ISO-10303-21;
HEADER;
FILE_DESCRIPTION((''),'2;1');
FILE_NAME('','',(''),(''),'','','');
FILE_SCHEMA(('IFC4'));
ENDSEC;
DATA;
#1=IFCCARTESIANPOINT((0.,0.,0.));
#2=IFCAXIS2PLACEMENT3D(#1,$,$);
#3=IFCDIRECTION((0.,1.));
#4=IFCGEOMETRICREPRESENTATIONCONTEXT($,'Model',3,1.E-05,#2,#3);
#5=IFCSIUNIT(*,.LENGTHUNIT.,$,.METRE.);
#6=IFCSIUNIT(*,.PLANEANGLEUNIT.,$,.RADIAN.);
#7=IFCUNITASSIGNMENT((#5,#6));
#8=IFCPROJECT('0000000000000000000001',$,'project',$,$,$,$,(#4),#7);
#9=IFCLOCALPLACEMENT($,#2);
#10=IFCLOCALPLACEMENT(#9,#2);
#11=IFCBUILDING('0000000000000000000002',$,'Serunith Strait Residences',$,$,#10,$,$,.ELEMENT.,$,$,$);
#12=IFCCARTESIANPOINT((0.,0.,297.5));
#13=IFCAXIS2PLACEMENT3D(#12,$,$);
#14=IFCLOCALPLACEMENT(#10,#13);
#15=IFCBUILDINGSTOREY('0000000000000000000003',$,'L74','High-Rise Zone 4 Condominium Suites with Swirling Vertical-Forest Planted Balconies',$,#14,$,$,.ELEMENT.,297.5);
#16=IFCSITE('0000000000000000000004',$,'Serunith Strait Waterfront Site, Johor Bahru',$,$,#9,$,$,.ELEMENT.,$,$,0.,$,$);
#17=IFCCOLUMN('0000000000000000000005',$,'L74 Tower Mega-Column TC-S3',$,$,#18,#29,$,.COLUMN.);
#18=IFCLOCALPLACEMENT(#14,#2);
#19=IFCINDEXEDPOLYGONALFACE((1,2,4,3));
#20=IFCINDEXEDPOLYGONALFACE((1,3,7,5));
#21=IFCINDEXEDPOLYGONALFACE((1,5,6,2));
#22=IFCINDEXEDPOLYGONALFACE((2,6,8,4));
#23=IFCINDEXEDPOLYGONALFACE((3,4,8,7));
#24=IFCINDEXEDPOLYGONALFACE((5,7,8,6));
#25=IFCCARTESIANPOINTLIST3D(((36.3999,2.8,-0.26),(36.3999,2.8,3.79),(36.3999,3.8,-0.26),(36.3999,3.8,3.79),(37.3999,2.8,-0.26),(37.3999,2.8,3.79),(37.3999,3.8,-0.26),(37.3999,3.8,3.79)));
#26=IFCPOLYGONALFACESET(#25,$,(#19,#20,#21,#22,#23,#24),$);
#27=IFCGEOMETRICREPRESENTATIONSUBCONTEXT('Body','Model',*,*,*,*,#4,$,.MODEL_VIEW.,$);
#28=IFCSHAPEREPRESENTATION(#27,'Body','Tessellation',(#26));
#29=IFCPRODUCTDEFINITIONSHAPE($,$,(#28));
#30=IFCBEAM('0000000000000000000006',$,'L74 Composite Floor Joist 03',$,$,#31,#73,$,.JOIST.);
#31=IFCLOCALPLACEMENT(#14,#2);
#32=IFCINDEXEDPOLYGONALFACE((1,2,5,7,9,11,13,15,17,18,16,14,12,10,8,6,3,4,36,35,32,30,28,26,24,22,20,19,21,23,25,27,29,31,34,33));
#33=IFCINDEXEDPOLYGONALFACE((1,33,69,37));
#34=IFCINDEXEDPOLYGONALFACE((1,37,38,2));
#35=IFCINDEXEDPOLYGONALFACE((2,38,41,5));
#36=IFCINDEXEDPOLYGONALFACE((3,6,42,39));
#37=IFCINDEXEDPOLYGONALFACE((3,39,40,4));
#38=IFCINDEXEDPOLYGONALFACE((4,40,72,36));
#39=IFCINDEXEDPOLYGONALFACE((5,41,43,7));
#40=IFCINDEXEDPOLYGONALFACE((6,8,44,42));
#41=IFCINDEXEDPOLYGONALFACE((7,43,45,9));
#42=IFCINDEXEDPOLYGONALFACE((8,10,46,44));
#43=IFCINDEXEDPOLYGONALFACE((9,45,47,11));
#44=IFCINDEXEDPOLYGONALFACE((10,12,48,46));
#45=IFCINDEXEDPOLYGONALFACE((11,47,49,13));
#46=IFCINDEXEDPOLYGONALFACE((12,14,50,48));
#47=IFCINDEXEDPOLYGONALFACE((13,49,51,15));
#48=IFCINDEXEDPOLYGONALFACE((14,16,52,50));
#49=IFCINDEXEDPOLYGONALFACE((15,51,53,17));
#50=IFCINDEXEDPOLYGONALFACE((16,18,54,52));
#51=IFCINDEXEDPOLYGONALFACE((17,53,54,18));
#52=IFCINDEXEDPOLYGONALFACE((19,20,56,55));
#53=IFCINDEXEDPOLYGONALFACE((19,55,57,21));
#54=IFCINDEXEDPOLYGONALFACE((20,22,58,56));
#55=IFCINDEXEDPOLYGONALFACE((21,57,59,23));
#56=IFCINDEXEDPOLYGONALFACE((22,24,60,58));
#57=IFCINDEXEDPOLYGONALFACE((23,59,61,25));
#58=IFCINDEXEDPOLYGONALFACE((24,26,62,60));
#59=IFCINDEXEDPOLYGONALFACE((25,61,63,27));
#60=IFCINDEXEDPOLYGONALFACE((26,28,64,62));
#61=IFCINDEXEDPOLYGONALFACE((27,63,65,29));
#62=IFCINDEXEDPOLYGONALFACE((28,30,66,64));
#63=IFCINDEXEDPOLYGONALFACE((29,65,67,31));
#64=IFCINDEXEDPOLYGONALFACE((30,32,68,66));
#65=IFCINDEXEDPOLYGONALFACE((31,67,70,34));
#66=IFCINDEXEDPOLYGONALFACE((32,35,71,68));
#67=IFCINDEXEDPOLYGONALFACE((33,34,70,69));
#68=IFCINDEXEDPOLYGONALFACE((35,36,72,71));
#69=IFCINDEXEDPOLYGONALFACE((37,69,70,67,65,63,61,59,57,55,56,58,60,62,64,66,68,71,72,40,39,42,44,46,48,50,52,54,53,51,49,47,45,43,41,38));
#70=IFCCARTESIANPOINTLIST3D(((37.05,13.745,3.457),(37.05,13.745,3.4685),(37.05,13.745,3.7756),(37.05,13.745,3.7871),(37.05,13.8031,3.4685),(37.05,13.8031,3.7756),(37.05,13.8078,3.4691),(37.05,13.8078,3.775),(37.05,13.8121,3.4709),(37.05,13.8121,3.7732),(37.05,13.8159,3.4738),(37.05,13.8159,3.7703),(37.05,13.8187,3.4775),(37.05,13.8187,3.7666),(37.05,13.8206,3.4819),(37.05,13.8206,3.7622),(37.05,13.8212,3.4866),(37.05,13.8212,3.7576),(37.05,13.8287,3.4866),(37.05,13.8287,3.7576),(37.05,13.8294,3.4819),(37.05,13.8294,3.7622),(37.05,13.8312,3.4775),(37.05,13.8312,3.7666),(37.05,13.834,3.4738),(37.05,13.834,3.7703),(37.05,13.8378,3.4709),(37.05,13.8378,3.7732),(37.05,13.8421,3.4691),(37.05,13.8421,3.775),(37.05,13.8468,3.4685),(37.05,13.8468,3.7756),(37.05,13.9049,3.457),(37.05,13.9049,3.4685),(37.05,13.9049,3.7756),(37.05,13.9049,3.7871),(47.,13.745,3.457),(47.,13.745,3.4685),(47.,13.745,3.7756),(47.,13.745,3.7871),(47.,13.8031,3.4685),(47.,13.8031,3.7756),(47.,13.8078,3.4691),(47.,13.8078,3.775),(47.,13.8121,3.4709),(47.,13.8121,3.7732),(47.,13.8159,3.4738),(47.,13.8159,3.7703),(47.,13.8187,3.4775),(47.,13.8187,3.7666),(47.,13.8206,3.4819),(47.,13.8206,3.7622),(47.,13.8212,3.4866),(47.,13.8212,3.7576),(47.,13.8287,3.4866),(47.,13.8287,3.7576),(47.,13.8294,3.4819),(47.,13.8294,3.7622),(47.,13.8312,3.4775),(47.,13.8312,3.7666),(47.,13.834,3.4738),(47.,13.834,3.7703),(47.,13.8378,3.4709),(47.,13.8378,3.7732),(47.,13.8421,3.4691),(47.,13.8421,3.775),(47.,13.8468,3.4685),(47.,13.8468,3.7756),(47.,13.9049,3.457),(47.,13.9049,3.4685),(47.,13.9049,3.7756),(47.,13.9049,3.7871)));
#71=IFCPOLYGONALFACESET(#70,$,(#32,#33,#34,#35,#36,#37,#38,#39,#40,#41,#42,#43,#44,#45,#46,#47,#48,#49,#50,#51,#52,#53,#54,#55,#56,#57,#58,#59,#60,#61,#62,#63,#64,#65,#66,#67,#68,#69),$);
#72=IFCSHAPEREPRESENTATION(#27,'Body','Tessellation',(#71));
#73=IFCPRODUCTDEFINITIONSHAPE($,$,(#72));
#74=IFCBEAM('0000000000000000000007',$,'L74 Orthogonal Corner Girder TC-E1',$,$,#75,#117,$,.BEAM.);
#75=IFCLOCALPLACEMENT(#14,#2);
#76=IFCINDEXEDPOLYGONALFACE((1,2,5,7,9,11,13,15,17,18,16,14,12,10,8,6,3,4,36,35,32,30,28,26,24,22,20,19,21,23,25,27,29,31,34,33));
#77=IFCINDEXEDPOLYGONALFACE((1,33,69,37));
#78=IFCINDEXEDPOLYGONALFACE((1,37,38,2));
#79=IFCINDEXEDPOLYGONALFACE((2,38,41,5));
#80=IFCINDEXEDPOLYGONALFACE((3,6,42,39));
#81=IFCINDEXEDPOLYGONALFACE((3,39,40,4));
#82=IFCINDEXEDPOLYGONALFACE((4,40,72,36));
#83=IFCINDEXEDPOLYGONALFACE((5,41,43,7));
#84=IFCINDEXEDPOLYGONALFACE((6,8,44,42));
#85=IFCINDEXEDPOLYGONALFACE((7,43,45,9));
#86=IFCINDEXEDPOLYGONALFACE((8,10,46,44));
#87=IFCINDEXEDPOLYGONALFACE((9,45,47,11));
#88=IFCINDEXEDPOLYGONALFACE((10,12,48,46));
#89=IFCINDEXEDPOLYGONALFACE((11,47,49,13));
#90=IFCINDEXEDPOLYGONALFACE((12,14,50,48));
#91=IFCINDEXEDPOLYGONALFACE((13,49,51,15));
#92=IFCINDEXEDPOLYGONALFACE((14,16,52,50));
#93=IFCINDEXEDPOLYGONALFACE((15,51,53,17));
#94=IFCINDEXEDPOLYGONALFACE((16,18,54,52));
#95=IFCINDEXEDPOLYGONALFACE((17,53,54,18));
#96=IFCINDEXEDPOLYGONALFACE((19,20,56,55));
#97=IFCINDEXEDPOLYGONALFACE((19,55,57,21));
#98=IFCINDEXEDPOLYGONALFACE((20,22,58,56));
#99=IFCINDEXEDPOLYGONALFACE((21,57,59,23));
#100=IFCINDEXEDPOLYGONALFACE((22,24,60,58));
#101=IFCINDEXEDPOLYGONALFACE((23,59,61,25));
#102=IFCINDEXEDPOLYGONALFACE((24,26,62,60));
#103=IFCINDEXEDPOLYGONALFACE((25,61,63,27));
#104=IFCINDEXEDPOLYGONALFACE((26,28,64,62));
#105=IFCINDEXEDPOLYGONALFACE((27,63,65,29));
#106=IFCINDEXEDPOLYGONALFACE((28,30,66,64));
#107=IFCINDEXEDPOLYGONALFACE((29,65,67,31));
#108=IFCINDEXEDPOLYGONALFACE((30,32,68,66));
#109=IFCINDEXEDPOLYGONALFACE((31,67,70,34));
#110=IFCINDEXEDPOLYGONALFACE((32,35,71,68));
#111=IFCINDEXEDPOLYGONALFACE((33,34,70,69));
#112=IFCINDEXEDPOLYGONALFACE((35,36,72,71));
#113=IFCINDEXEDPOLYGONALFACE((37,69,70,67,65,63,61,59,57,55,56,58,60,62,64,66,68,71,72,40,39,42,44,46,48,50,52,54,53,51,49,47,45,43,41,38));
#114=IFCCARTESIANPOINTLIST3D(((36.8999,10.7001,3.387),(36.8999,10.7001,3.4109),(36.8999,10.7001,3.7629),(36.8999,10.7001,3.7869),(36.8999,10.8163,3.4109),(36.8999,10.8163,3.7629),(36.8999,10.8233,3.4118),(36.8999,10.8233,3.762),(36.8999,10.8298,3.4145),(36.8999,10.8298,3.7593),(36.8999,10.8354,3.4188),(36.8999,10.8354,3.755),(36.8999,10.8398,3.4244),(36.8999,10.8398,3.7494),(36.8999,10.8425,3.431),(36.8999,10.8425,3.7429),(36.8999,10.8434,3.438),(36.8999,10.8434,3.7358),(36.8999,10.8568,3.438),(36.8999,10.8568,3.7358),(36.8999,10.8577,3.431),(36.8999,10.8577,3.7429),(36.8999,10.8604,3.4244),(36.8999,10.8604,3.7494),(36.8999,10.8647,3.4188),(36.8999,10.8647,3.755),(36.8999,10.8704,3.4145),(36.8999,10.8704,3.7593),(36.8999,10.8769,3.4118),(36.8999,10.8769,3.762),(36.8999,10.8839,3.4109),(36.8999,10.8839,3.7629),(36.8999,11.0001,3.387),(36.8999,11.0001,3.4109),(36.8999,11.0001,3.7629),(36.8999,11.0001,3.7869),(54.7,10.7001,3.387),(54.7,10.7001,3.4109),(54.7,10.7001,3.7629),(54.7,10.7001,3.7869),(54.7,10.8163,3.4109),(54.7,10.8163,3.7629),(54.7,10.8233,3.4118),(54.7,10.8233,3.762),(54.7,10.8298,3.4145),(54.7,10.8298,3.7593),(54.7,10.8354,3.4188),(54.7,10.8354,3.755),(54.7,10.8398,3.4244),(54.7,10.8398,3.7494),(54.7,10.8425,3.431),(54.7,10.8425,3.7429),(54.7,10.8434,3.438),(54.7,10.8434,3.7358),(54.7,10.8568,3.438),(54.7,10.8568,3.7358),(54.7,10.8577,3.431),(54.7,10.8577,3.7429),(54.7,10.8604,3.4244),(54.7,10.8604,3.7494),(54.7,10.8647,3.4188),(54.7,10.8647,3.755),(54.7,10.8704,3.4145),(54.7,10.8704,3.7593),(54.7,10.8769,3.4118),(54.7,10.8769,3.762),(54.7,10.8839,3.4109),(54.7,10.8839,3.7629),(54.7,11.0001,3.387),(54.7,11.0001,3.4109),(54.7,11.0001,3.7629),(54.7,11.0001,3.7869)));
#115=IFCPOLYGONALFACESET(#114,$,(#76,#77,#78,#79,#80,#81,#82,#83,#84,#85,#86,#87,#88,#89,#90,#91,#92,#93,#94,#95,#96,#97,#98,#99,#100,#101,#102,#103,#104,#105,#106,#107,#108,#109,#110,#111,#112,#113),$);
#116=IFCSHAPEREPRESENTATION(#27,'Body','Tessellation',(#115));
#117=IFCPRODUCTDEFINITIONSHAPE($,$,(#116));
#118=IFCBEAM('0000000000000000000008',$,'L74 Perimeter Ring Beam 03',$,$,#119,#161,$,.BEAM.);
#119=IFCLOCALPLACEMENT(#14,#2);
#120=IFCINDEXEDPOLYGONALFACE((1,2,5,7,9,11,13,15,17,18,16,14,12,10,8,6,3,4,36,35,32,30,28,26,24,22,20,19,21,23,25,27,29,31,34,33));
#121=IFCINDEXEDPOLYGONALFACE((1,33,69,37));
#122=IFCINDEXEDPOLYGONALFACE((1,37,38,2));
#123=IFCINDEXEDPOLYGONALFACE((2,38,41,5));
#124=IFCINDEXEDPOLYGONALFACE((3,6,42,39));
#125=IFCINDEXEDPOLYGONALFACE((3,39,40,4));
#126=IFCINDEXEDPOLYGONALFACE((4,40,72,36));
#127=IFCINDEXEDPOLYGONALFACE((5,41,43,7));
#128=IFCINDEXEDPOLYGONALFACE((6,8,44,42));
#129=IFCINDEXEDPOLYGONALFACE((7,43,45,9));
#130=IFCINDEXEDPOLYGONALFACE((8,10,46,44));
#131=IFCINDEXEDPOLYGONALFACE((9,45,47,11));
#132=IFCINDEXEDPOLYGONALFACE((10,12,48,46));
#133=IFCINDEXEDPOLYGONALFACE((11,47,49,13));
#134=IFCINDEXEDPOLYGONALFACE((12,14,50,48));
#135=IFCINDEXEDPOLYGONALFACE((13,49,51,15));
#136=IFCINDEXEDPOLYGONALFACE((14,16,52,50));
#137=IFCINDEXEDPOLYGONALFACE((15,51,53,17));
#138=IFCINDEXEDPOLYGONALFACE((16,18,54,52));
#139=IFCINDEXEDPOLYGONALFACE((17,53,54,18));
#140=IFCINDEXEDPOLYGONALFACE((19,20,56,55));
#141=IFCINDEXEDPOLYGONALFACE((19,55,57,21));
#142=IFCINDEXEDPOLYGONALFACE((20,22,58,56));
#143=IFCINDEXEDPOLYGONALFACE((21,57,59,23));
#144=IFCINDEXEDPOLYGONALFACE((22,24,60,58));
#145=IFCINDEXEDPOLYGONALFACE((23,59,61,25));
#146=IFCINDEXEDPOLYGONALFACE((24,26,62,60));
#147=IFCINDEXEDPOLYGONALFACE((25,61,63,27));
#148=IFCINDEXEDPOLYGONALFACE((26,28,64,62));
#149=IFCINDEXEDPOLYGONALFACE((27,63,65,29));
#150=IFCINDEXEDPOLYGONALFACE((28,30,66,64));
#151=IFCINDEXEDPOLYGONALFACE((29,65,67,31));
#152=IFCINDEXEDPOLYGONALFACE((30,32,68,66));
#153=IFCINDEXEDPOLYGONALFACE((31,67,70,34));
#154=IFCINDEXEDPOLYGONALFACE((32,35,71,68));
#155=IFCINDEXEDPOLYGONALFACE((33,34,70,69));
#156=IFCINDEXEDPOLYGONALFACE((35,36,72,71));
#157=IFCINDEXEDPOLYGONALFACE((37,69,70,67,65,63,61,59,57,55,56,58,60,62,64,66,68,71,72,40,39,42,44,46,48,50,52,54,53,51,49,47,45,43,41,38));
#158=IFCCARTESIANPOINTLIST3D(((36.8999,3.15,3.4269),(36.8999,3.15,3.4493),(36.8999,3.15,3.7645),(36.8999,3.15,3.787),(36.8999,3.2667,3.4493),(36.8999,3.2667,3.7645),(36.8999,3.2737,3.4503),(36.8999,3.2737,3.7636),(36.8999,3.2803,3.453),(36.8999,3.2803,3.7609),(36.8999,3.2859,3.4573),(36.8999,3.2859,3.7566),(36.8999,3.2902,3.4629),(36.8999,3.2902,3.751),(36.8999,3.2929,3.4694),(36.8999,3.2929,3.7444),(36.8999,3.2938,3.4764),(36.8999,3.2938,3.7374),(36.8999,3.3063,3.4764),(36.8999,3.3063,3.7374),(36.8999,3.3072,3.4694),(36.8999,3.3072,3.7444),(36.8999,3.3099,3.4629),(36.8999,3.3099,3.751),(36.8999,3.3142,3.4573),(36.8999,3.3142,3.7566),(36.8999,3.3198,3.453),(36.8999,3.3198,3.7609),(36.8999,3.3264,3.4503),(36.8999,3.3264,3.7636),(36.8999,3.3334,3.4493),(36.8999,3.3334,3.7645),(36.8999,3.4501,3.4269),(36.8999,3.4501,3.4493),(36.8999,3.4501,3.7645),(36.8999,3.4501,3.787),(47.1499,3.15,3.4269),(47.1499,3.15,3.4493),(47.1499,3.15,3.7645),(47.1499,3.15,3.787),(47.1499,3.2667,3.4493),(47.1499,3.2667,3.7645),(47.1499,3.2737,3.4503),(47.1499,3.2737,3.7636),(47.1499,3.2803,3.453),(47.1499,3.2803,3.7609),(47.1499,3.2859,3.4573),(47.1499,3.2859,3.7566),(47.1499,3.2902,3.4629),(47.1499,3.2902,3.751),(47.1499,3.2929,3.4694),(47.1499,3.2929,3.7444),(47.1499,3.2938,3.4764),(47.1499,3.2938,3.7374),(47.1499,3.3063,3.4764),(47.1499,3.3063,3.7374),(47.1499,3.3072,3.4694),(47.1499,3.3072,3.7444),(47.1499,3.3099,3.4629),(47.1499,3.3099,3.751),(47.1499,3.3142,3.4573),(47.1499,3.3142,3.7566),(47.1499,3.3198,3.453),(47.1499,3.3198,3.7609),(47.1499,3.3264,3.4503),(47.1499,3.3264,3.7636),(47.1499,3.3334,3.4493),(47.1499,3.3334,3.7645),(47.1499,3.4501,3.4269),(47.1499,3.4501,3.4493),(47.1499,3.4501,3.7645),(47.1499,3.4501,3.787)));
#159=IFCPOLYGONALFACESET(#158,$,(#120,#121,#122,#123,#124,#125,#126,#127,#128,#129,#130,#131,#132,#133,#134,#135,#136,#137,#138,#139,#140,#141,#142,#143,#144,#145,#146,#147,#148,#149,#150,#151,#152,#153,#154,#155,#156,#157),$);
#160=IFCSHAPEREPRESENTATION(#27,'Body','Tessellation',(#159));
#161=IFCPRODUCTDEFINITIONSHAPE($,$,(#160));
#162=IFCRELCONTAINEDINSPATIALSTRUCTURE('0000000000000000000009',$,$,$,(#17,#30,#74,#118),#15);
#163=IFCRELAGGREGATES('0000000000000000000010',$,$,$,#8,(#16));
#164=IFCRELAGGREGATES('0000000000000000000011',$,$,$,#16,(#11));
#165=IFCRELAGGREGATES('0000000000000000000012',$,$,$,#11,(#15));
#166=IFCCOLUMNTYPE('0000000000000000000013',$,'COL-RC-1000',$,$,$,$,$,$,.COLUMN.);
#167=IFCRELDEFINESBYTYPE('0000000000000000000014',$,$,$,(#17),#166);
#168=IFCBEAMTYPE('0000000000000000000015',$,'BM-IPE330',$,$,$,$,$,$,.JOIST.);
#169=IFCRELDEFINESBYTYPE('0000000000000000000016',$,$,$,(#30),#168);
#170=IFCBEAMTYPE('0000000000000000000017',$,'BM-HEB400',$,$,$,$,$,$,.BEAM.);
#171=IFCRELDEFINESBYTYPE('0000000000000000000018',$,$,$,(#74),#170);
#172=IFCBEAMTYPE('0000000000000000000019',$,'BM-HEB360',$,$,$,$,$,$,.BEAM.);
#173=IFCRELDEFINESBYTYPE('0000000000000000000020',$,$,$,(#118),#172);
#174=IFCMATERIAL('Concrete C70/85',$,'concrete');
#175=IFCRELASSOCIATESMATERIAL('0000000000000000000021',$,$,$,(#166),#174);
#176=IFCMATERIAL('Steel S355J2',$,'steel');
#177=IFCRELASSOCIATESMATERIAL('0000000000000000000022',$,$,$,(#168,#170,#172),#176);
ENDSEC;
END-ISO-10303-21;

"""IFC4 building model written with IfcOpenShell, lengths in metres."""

from ifc_helpers import new_model, si_unit, direction, frame, origin, origin_2d, place, context, subcontext, project, spatial, rectangle, i_section, extrude, source, transform, mapped, material, material_profile, profile_set, type_object, element, save


model = new_model("IFC4")

# Units and contexts
model_context = context("Model", 3, precision=1e-05, world=origin(), true_north=direction((0.0, 1.0)))
body_context = subcontext(model_context, "Body", "Model", "MODEL_VIEW")
ifc_project = project(units=[si_unit("LENGTHUNIT", "METRE"), si_unit("PLANEANGLEUNIT", "RADIAN")], contexts=[model_context])

# Site, building, storey
site_placement = place(None, origin())
site = spatial("IfcSite", under=ifc_project, at=site_placement, Name="Serunith Strait Waterfront Site, Johor Bahru", CompositionType="ELEMENT", RefElevation=0.0)
building_placement = place(site_placement, origin())
building = spatial("IfcBuilding", under=site, at=building_placement, Name="Serunith Strait Residences", CompositionType="ELEMENT")
storey_placement = place(building_placement, frame((0.0, 0.0, 297.5)))
storey = spatial("IfcBuildingStorey", under=building, at=storey_placement, Name="L74", Description="High-Rise Zone 4 Condominium Suites with Swirling Vertical-Forest Planted Balconies", CompositionType="ELEMENT", Elevation=297.5)

# Column
ifc_material_1 = material(Name="Concrete C70/85", Category="concrete")
ifc_material_profile_1 = material_profile(ifc_material_1, rectangle(XDim=1.0, YDim=1.0, at=origin_2d()), Name="RC 1000x1000")
ifc_profile_set_1 = profile_set([ifc_material_profile_1], Name="Concrete C70/85")
column_type = type_object("IfcColumnType", Name="COL-RC-1000", PredefinedType="COLUMN", material=ifc_profile_set_1)
shared_shape_1 = source(origin(), body_context, "Body", "SweptSolid", [
    extrude(rectangle(XDim=1.0, YDim=1.0, at=origin_2d()), origin(), (0.0, 0.0, 1.0), 4.05),
])
column_placement = place(storey_placement, frame((36.8999, 3.3, -0.26), z_axis=(0.0, 0.0, 1.0), x_axis=(1.0, 0.0, 0.0)))
element("IfcColumn", 1, at=column_placement, inside=storey, type_object=column_type, Name="L74 Tower Mega-Column TC-S3", PredefinedType="COLUMN", context=body_context, shape_type="MappedRepresentation", body=[
    mapped(shared_shape_1, transform((0.0, 0.0, 0.0), scale=1.0)),
])

# Beams
ifc_material_2 = material(Name="Steel S355J2", Category="steel")
ifc_material_profile_2 = material_profile(ifc_material_2, i_section(OverallWidth=0.1599, OverallDepth=0.3301, WebThickness=0.0076, FlangeThickness=0.0115, FilletRadius=0.0181, at=origin_2d()), Name="IPE 330")
ifc_profile_set_2 = profile_set([ifc_material_profile_2], Name="Steel S355J2")
beam_type_1 = type_object("IfcBeamType", Name="BM-IPE330", PredefinedType="JOIST", material=ifc_profile_set_2)
shared_shape_2 = source(origin(), body_context, "Body", "SweptSolid", [
    extrude(i_section(OverallWidth=0.1599, OverallDepth=0.3301, WebThickness=0.0076, FlangeThickness=0.0115, FilletRadius=0.0181, at=origin_2d()), origin(), (0.0, 0.0, 1.0), 9.95),
])
beam_1_placement = place(storey_placement, frame((37.05, 13.825, 3.6221), z_axis=(1.0, 0.0, 0.0), x_axis=(0.0, 1.0, 0.0)))
element("IfcBeam", 2, at=beam_1_placement, inside=storey, type_object=beam_type_1, Name="L74 Composite Floor Joist 03", PredefinedType="JOIST", context=body_context, shape_type="MappedRepresentation", body=[
    mapped(shared_shape_2, transform((0.0, 0.0, 0.0), scale=1.0)),
])
ifc_material_profile_3 = material_profile(ifc_material_2, i_section(OverallWidth=0.3, OverallDepth=0.3999, WebThickness=0.0134, FlangeThickness=0.0239, FilletRadius=0.0271, at=origin_2d()), Name="HEB 400")
ifc_profile_set_3 = profile_set([ifc_material_profile_3], Name="Steel S355J2")
beam_type_2 = type_object("IfcBeamType", Name="BM-HEB400", PredefinedType="BEAM", material=ifc_profile_set_3)
shared_shape_3 = source(origin(), body_context, "Body", "SweptSolid", [
    extrude(i_section(OverallWidth=0.3, OverallDepth=0.3999, WebThickness=0.0134, FlangeThickness=0.0239, FilletRadius=0.0271, at=origin_2d()), origin(), (0.0, 0.0, 1.0), 17.8),
])
beam_2_placement = place(storey_placement, frame((36.8999, 10.8501, 3.5869), z_axis=(1.0, 0.0, 0.0), x_axis=(0.0, 1.0, 0.0)))
element("IfcBeam", 3, at=beam_2_placement, inside=storey, type_object=beam_type_2, Name="L74 Orthogonal Corner Girder TC-E1", PredefinedType="BEAM", context=body_context, shape_type="MappedRepresentation", body=[
    mapped(shared_shape_3, transform((0.0, 0.0, 0.0), scale=1.0)),
])
ifc_material_profile_4 = material_profile(ifc_material_2, i_section(OverallWidth=0.3, OverallDepth=0.3601, WebThickness=0.0125, FlangeThickness=0.0225, FilletRadius=0.0271, at=origin_2d()), Name="HEB 360")
ifc_profile_set_4 = profile_set([ifc_material_profile_4], Name="Steel S355J2")
beam_type_3 = type_object("IfcBeamType", Name="BM-HEB360", PredefinedType="BEAM", material=ifc_profile_set_4)
shared_shape_4 = source(origin(), body_context, "Body", "SweptSolid", [
    extrude(i_section(OverallWidth=0.3, OverallDepth=0.3601, WebThickness=0.0125, FlangeThickness=0.0225, FilletRadius=0.0271, at=origin_2d()), origin(), (0.0, 0.0, 1.0), 10.25),
])
beam_3_placement = place(storey_placement, frame((36.8999, 3.3, 3.6069), z_axis=(1.0, 0.0, 0.0), x_axis=(0.0, 1.0, 0.0)))
element("IfcBeam", 4, at=beam_3_placement, inside=storey, type_object=beam_type_3, Name="L74 Perimeter Ring Beam 03", PredefinedType="BEAM", context=body_context, shape_type="MappedRepresentation", body=[
    mapped(shared_shape_4, transform((0.0, 0.0, 0.0), scale=1.0)),
])

save(model, "model.ifc")
